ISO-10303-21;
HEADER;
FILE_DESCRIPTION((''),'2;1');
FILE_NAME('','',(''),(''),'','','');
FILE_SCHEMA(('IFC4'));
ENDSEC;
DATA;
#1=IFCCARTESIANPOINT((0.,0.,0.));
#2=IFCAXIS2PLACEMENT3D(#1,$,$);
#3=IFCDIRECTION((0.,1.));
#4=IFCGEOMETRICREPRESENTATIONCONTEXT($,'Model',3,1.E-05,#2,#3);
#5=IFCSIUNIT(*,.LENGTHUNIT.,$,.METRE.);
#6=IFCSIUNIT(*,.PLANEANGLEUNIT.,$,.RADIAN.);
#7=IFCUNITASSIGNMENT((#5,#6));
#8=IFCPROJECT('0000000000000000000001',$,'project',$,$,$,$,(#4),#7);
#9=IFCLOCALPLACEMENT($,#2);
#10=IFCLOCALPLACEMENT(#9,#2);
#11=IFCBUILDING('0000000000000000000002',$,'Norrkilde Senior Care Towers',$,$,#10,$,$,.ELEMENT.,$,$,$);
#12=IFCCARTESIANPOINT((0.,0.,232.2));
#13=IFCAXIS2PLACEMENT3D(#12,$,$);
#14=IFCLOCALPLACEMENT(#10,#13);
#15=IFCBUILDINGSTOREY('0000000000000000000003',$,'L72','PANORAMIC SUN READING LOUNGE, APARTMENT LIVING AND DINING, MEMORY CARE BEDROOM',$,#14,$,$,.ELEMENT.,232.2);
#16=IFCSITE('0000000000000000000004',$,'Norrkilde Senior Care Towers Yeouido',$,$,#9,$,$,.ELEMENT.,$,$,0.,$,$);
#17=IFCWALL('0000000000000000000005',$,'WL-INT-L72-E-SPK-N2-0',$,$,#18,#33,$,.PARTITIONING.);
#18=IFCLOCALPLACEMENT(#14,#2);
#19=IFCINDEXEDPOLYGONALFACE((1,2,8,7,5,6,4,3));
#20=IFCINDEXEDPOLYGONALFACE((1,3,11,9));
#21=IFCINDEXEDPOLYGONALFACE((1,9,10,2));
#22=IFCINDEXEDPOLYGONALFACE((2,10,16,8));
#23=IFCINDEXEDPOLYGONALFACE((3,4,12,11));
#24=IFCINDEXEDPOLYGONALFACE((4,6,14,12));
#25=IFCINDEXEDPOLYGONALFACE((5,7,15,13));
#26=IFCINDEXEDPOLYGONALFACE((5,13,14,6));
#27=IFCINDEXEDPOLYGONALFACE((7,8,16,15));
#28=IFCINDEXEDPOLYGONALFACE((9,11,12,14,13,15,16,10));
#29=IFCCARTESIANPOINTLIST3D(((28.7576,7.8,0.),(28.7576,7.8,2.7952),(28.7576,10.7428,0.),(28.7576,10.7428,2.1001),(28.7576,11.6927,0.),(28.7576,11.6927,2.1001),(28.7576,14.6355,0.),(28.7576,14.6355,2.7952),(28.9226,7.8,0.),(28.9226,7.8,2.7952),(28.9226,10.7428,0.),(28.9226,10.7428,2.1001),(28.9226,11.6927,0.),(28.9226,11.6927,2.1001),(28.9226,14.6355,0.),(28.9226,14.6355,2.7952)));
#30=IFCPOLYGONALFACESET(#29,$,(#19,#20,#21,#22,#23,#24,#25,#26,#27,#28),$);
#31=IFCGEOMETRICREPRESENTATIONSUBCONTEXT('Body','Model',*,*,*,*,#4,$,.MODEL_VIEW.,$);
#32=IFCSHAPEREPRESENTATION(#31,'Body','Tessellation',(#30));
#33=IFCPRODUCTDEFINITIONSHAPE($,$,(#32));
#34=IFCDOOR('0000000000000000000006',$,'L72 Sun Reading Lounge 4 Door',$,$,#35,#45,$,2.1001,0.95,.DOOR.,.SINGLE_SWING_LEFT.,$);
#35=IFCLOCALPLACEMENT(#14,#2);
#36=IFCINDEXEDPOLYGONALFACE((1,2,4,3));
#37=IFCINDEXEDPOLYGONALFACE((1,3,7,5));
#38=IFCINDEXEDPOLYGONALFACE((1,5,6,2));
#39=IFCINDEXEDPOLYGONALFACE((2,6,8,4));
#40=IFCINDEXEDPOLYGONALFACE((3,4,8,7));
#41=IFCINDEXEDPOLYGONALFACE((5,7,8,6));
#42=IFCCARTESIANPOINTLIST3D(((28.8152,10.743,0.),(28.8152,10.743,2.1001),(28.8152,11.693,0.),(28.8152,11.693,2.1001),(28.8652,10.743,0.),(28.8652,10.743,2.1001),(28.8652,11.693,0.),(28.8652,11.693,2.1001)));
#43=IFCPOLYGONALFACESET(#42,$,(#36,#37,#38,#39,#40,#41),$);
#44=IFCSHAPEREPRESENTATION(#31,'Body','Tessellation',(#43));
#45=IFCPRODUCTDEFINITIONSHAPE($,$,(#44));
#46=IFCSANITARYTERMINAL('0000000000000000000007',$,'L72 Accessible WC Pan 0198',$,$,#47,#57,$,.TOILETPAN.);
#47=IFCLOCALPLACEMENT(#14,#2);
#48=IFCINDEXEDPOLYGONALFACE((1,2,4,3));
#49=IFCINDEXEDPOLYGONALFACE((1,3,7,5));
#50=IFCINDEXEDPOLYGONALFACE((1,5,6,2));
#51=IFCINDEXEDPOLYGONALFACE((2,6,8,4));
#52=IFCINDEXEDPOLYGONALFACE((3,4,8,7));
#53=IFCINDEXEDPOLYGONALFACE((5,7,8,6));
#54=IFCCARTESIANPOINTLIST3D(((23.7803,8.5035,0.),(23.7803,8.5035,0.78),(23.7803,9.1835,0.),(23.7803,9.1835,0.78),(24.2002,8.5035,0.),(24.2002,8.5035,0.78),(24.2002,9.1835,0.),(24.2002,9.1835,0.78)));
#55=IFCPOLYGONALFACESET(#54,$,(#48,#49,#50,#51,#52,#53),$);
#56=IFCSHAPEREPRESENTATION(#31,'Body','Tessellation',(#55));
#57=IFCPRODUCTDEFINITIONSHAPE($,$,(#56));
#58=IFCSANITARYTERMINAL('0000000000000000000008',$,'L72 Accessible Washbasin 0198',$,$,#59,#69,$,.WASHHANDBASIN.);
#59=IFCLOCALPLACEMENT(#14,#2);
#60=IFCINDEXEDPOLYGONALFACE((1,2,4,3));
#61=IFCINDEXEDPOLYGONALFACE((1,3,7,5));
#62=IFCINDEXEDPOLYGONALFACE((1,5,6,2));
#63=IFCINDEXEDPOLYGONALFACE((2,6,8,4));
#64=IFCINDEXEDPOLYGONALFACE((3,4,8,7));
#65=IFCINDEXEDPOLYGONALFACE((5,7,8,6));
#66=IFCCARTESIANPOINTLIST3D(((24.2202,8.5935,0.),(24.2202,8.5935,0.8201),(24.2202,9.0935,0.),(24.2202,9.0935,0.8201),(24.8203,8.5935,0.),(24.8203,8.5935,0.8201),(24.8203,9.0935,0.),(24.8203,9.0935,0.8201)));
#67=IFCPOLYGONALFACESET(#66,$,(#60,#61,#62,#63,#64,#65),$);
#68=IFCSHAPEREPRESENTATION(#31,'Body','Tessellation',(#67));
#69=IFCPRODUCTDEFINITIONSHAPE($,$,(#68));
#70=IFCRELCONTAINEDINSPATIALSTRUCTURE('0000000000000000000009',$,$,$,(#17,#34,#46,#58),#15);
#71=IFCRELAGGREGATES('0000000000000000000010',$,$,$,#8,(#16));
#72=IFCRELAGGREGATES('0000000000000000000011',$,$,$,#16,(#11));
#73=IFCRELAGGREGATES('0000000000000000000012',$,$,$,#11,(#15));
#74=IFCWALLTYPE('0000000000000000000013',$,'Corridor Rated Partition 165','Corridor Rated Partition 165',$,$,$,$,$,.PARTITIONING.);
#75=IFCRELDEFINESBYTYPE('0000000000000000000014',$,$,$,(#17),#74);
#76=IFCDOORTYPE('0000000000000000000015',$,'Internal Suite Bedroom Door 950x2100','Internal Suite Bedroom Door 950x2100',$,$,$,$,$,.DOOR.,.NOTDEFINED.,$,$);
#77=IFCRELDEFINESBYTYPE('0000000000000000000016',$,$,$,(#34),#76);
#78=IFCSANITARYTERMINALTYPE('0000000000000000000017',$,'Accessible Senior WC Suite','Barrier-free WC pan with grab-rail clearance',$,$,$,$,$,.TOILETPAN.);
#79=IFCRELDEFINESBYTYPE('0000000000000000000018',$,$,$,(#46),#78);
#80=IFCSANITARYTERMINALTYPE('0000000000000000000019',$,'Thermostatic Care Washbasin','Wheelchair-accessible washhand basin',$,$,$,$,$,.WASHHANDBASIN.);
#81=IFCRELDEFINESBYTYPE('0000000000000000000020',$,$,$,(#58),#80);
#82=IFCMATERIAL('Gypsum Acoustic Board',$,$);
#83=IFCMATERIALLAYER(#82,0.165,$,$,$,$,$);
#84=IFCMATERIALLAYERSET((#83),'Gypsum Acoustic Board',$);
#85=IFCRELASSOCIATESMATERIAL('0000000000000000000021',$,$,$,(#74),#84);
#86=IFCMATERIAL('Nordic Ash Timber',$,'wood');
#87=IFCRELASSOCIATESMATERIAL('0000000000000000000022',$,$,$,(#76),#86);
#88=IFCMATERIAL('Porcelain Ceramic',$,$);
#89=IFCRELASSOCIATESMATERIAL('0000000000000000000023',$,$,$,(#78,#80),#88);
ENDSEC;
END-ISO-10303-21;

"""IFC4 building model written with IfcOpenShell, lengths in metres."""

from ifc_helpers import new_model, si_unit, direction, frame, frame_2d, origin, origin_2d, place, context, subcontext, project, spatial, rectangle, extrude, source, transform, mapped, material, layer, layer_set, type_object, type_shapes, element, fill, save


model = new_model("IFC4")

# Units and contexts
model_context = context("Model", 3, precision=1e-05, world=origin(), true_north=direction((0.0, 1.0)))
body_context = subcontext(model_context, "Body", "Model", "MODEL_VIEW")
ifc_project = project(units=[si_unit("LENGTHUNIT", "METRE"), si_unit("PLANEANGLEUNIT", "RADIAN")], contexts=[model_context])

# Site, building, storey
site_placement = place(None, origin())
site = spatial("IfcSite", under=ifc_project, at=site_placement, Name="Norrkilde Senior Care Towers Yeouido", CompositionType="ELEMENT", RefElevation=0.0)
building_placement = place(site_placement, origin())
building = spatial("IfcBuilding", under=site, at=building_placement, Name="Norrkilde Senior Care Towers", CompositionType="ELEMENT")
storey_placement = place(building_placement, frame((0.0, 0.0, 232.2)))
storey = spatial("IfcBuildingStorey", under=building, at=storey_placement, Name="L72", Description="PANORAMIC SUN READING LOUNGE, APARTMENT LIVING AND DINING, MEMORY CARE BEDROOM", CompositionType="ELEMENT", Elevation=232.2)

# Wall, opening, door
ifc_material_1 = material(Name="Gypsum Acoustic Board")
ifc_layer_1 = layer(ifc_material_1, 0.165)
ifc_layer_set_1 = layer_set([ifc_layer_1], Name="Gypsum Acoustic Board")
wall_type = type_object("IfcWallType", Name="Corridor Rated Partition 165", Description="Corridor Rated Partition 165", PredefinedType="PARTITIONING", material=ifc_layer_set_1)
shared_shape_1 = source(origin(), body_context, "Body", "SweptSolid", [
    extrude(rectangle(XDim=6.8354, YDim=0.165, at=frame_2d((3.4177, 0.0))), origin(), (0.0, 0.0, 1.0), 2.7952),
])
type_shapes(wall_type, [shared_shape_1])
wall_placement = place(storey_placement, frame((28.8401, 14.6355, 0.0), z_axis=(0.0, 0.0, 1.0), x_axis=(0.0, -1.0, 0.0)))
wall = element("IfcWall", 1, at=wall_placement, inside=storey, type_object=wall_type, Name="WL-INT-L72-E-SPK-N2-0", PredefinedType="PARTITIONING", context=body_context, shape_type="MappedRepresentation", body=[
    mapped(shared_shape_1, transform((0.0, 0.0, 0.0), x_axis=(1.0, 0.0, 0.0), y_axis=(0.0, 1.0, 0.0), z_axis=(0.0, 0.0, 1.0), scale=1.0)),
])
opening_placement = place(wall_placement, frame((2.9426, 0.0, 0.0)))
opening = element("IfcOpeningElement", 2, at=opening_placement, cuts=wall, PredefinedType="OPENING", context=body_context, shape_type="SweptSolid", body=[
    extrude(rectangle(XDim=0.95, YDim=2.1001, at=frame_2d((0.4751, 1.05))), frame((0.0, 0.0925, 0.0), z_axis=(0.0, -1.0, 0.0), x_axis=(1.0, 0.0, 0.0)), (0.0, 0.0, 1.0), 0.1851),
])
ifc_material_2 = material(Name="Nordic Ash Timber", Category="wood")
door_type = type_object("IfcDoorType", Name="Internal Suite Bedroom Door 950x2100", Description="Internal Suite Bedroom Door 950x2100", OperationType="NOTDEFINED", PredefinedType="DOOR", material=ifc_material_2)
shared_shape_2 = source(origin(), body_context, "Body", "SweptSolid", [
    extrude(rectangle(XDim=0.95, YDim=2.1001, at=frame_2d((0.4751, 1.05))), frame((0.0, 0.0249, 0.0), z_axis=(0.0, -1.0, 0.0), x_axis=(1.0, 0.0, 0.0)), (0.0, 0.0, 1.0), 0.05),
])
type_shapes(door_type, [shared_shape_2])
door_placement = place(opening_placement, frame((0.95, 0.0, 0.0), z_axis=(0.0, 0.0, 1.0), x_axis=(-1.0, 0.0, 0.0)))
door = element("IfcDoor", 3, at=door_placement, inside=storey, type_object=door_type, Name="L72 Sun Reading Lounge 4 Door", OperationType="SINGLE_SWING_LEFT", OverallHeight=2.1001, OverallWidth=0.95, PredefinedType="DOOR", context=body_context, shape_type="MappedRepresentation", body=[
    mapped(shared_shape_2, transform((0.0, 0.0, 0.0), x_axis=(1.0, 0.0, 0.0), y_axis=(0.0, 1.0, 0.0), z_axis=(0.0, 0.0, 1.0), scale=1.0)),
])
fill(opening, door)

# Sanitary terminals
ifc_material_3 = material(Name="Porcelain Ceramic")
sanitary_terminal_type_1 = type_object("IfcSanitaryTerminalType", Name="Accessible Senior WC Suite", Description="Barrier-free WC pan with grab-rail clearance", PredefinedType="TOILETPAN", material=ifc_material_3)
shared_shape_3 = source(origin(), body_context, "Body", "SweptSolid", [
    extrude(rectangle(XDim=0.4199, YDim=0.6799, at=origin_2d()), origin(), (0.0, 0.0, 1.0), 0.78),
])
type_shapes(sanitary_terminal_type_1, [shared_shape_3])
sanitary_terminal_1_placement = place(storey_placement, frame((23.9902, 8.8435, 0.0), z_axis=(0.0, 0.0, 1.0), x_axis=(1.0, 0.0, 0.0)))
element("IfcSanitaryTerminal", 4, at=sanitary_terminal_1_placement, inside=storey, type_object=sanitary_terminal_type_1, Name="L72 Accessible WC Pan 0198", PredefinedType="TOILETPAN", context=body_context, shape_type="MappedRepresentation", body=[
    mapped(shared_shape_3, transform((0.0, 0.0, 0.0), x_axis=(1.0, 0.0, 0.0), y_axis=(0.0, 1.0, 0.0), z_axis=(0.0, 0.0, 1.0), scale=1.0)),
])
sanitary_terminal_type_2 = type_object("IfcSanitaryTerminalType", Name="Thermostatic Care Washbasin", Description="Wheelchair-accessible washhand basin", PredefinedType="WASHHANDBASIN", material=ifc_material_3)
shared_shape_4 = source(origin(), body_context, "Body", "SweptSolid", [
    extrude(rectangle(XDim=0.6001, YDim=0.5, at=origin_2d()), origin(), (0.0, 0.0, 1.0), 0.8201),
])
type_shapes(sanitary_terminal_type_2, [shared_shape_4])
sanitary_terminal_2_placement = place(storey_placement, frame((24.5203, 8.8435, 0.0), z_axis=(0.0, 0.0, 1.0), x_axis=(1.0, 0.0, 0.0)))
element("IfcSanitaryTerminal", 5, at=sanitary_terminal_2_placement, inside=storey, type_object=sanitary_terminal_type_2, Name="L72 Accessible Washbasin 0198", PredefinedType="WASHHANDBASIN", context=body_context, shape_type="MappedRepresentation", body=[
    mapped(shared_shape_4, transform((0.0, 0.0, 0.0), x_axis=(1.0, 0.0, 0.0), y_axis=(0.0, 1.0, 0.0), z_axis=(0.0, 0.0, 1.0), scale=1.0)),
])

save(model, "model.ifc")
